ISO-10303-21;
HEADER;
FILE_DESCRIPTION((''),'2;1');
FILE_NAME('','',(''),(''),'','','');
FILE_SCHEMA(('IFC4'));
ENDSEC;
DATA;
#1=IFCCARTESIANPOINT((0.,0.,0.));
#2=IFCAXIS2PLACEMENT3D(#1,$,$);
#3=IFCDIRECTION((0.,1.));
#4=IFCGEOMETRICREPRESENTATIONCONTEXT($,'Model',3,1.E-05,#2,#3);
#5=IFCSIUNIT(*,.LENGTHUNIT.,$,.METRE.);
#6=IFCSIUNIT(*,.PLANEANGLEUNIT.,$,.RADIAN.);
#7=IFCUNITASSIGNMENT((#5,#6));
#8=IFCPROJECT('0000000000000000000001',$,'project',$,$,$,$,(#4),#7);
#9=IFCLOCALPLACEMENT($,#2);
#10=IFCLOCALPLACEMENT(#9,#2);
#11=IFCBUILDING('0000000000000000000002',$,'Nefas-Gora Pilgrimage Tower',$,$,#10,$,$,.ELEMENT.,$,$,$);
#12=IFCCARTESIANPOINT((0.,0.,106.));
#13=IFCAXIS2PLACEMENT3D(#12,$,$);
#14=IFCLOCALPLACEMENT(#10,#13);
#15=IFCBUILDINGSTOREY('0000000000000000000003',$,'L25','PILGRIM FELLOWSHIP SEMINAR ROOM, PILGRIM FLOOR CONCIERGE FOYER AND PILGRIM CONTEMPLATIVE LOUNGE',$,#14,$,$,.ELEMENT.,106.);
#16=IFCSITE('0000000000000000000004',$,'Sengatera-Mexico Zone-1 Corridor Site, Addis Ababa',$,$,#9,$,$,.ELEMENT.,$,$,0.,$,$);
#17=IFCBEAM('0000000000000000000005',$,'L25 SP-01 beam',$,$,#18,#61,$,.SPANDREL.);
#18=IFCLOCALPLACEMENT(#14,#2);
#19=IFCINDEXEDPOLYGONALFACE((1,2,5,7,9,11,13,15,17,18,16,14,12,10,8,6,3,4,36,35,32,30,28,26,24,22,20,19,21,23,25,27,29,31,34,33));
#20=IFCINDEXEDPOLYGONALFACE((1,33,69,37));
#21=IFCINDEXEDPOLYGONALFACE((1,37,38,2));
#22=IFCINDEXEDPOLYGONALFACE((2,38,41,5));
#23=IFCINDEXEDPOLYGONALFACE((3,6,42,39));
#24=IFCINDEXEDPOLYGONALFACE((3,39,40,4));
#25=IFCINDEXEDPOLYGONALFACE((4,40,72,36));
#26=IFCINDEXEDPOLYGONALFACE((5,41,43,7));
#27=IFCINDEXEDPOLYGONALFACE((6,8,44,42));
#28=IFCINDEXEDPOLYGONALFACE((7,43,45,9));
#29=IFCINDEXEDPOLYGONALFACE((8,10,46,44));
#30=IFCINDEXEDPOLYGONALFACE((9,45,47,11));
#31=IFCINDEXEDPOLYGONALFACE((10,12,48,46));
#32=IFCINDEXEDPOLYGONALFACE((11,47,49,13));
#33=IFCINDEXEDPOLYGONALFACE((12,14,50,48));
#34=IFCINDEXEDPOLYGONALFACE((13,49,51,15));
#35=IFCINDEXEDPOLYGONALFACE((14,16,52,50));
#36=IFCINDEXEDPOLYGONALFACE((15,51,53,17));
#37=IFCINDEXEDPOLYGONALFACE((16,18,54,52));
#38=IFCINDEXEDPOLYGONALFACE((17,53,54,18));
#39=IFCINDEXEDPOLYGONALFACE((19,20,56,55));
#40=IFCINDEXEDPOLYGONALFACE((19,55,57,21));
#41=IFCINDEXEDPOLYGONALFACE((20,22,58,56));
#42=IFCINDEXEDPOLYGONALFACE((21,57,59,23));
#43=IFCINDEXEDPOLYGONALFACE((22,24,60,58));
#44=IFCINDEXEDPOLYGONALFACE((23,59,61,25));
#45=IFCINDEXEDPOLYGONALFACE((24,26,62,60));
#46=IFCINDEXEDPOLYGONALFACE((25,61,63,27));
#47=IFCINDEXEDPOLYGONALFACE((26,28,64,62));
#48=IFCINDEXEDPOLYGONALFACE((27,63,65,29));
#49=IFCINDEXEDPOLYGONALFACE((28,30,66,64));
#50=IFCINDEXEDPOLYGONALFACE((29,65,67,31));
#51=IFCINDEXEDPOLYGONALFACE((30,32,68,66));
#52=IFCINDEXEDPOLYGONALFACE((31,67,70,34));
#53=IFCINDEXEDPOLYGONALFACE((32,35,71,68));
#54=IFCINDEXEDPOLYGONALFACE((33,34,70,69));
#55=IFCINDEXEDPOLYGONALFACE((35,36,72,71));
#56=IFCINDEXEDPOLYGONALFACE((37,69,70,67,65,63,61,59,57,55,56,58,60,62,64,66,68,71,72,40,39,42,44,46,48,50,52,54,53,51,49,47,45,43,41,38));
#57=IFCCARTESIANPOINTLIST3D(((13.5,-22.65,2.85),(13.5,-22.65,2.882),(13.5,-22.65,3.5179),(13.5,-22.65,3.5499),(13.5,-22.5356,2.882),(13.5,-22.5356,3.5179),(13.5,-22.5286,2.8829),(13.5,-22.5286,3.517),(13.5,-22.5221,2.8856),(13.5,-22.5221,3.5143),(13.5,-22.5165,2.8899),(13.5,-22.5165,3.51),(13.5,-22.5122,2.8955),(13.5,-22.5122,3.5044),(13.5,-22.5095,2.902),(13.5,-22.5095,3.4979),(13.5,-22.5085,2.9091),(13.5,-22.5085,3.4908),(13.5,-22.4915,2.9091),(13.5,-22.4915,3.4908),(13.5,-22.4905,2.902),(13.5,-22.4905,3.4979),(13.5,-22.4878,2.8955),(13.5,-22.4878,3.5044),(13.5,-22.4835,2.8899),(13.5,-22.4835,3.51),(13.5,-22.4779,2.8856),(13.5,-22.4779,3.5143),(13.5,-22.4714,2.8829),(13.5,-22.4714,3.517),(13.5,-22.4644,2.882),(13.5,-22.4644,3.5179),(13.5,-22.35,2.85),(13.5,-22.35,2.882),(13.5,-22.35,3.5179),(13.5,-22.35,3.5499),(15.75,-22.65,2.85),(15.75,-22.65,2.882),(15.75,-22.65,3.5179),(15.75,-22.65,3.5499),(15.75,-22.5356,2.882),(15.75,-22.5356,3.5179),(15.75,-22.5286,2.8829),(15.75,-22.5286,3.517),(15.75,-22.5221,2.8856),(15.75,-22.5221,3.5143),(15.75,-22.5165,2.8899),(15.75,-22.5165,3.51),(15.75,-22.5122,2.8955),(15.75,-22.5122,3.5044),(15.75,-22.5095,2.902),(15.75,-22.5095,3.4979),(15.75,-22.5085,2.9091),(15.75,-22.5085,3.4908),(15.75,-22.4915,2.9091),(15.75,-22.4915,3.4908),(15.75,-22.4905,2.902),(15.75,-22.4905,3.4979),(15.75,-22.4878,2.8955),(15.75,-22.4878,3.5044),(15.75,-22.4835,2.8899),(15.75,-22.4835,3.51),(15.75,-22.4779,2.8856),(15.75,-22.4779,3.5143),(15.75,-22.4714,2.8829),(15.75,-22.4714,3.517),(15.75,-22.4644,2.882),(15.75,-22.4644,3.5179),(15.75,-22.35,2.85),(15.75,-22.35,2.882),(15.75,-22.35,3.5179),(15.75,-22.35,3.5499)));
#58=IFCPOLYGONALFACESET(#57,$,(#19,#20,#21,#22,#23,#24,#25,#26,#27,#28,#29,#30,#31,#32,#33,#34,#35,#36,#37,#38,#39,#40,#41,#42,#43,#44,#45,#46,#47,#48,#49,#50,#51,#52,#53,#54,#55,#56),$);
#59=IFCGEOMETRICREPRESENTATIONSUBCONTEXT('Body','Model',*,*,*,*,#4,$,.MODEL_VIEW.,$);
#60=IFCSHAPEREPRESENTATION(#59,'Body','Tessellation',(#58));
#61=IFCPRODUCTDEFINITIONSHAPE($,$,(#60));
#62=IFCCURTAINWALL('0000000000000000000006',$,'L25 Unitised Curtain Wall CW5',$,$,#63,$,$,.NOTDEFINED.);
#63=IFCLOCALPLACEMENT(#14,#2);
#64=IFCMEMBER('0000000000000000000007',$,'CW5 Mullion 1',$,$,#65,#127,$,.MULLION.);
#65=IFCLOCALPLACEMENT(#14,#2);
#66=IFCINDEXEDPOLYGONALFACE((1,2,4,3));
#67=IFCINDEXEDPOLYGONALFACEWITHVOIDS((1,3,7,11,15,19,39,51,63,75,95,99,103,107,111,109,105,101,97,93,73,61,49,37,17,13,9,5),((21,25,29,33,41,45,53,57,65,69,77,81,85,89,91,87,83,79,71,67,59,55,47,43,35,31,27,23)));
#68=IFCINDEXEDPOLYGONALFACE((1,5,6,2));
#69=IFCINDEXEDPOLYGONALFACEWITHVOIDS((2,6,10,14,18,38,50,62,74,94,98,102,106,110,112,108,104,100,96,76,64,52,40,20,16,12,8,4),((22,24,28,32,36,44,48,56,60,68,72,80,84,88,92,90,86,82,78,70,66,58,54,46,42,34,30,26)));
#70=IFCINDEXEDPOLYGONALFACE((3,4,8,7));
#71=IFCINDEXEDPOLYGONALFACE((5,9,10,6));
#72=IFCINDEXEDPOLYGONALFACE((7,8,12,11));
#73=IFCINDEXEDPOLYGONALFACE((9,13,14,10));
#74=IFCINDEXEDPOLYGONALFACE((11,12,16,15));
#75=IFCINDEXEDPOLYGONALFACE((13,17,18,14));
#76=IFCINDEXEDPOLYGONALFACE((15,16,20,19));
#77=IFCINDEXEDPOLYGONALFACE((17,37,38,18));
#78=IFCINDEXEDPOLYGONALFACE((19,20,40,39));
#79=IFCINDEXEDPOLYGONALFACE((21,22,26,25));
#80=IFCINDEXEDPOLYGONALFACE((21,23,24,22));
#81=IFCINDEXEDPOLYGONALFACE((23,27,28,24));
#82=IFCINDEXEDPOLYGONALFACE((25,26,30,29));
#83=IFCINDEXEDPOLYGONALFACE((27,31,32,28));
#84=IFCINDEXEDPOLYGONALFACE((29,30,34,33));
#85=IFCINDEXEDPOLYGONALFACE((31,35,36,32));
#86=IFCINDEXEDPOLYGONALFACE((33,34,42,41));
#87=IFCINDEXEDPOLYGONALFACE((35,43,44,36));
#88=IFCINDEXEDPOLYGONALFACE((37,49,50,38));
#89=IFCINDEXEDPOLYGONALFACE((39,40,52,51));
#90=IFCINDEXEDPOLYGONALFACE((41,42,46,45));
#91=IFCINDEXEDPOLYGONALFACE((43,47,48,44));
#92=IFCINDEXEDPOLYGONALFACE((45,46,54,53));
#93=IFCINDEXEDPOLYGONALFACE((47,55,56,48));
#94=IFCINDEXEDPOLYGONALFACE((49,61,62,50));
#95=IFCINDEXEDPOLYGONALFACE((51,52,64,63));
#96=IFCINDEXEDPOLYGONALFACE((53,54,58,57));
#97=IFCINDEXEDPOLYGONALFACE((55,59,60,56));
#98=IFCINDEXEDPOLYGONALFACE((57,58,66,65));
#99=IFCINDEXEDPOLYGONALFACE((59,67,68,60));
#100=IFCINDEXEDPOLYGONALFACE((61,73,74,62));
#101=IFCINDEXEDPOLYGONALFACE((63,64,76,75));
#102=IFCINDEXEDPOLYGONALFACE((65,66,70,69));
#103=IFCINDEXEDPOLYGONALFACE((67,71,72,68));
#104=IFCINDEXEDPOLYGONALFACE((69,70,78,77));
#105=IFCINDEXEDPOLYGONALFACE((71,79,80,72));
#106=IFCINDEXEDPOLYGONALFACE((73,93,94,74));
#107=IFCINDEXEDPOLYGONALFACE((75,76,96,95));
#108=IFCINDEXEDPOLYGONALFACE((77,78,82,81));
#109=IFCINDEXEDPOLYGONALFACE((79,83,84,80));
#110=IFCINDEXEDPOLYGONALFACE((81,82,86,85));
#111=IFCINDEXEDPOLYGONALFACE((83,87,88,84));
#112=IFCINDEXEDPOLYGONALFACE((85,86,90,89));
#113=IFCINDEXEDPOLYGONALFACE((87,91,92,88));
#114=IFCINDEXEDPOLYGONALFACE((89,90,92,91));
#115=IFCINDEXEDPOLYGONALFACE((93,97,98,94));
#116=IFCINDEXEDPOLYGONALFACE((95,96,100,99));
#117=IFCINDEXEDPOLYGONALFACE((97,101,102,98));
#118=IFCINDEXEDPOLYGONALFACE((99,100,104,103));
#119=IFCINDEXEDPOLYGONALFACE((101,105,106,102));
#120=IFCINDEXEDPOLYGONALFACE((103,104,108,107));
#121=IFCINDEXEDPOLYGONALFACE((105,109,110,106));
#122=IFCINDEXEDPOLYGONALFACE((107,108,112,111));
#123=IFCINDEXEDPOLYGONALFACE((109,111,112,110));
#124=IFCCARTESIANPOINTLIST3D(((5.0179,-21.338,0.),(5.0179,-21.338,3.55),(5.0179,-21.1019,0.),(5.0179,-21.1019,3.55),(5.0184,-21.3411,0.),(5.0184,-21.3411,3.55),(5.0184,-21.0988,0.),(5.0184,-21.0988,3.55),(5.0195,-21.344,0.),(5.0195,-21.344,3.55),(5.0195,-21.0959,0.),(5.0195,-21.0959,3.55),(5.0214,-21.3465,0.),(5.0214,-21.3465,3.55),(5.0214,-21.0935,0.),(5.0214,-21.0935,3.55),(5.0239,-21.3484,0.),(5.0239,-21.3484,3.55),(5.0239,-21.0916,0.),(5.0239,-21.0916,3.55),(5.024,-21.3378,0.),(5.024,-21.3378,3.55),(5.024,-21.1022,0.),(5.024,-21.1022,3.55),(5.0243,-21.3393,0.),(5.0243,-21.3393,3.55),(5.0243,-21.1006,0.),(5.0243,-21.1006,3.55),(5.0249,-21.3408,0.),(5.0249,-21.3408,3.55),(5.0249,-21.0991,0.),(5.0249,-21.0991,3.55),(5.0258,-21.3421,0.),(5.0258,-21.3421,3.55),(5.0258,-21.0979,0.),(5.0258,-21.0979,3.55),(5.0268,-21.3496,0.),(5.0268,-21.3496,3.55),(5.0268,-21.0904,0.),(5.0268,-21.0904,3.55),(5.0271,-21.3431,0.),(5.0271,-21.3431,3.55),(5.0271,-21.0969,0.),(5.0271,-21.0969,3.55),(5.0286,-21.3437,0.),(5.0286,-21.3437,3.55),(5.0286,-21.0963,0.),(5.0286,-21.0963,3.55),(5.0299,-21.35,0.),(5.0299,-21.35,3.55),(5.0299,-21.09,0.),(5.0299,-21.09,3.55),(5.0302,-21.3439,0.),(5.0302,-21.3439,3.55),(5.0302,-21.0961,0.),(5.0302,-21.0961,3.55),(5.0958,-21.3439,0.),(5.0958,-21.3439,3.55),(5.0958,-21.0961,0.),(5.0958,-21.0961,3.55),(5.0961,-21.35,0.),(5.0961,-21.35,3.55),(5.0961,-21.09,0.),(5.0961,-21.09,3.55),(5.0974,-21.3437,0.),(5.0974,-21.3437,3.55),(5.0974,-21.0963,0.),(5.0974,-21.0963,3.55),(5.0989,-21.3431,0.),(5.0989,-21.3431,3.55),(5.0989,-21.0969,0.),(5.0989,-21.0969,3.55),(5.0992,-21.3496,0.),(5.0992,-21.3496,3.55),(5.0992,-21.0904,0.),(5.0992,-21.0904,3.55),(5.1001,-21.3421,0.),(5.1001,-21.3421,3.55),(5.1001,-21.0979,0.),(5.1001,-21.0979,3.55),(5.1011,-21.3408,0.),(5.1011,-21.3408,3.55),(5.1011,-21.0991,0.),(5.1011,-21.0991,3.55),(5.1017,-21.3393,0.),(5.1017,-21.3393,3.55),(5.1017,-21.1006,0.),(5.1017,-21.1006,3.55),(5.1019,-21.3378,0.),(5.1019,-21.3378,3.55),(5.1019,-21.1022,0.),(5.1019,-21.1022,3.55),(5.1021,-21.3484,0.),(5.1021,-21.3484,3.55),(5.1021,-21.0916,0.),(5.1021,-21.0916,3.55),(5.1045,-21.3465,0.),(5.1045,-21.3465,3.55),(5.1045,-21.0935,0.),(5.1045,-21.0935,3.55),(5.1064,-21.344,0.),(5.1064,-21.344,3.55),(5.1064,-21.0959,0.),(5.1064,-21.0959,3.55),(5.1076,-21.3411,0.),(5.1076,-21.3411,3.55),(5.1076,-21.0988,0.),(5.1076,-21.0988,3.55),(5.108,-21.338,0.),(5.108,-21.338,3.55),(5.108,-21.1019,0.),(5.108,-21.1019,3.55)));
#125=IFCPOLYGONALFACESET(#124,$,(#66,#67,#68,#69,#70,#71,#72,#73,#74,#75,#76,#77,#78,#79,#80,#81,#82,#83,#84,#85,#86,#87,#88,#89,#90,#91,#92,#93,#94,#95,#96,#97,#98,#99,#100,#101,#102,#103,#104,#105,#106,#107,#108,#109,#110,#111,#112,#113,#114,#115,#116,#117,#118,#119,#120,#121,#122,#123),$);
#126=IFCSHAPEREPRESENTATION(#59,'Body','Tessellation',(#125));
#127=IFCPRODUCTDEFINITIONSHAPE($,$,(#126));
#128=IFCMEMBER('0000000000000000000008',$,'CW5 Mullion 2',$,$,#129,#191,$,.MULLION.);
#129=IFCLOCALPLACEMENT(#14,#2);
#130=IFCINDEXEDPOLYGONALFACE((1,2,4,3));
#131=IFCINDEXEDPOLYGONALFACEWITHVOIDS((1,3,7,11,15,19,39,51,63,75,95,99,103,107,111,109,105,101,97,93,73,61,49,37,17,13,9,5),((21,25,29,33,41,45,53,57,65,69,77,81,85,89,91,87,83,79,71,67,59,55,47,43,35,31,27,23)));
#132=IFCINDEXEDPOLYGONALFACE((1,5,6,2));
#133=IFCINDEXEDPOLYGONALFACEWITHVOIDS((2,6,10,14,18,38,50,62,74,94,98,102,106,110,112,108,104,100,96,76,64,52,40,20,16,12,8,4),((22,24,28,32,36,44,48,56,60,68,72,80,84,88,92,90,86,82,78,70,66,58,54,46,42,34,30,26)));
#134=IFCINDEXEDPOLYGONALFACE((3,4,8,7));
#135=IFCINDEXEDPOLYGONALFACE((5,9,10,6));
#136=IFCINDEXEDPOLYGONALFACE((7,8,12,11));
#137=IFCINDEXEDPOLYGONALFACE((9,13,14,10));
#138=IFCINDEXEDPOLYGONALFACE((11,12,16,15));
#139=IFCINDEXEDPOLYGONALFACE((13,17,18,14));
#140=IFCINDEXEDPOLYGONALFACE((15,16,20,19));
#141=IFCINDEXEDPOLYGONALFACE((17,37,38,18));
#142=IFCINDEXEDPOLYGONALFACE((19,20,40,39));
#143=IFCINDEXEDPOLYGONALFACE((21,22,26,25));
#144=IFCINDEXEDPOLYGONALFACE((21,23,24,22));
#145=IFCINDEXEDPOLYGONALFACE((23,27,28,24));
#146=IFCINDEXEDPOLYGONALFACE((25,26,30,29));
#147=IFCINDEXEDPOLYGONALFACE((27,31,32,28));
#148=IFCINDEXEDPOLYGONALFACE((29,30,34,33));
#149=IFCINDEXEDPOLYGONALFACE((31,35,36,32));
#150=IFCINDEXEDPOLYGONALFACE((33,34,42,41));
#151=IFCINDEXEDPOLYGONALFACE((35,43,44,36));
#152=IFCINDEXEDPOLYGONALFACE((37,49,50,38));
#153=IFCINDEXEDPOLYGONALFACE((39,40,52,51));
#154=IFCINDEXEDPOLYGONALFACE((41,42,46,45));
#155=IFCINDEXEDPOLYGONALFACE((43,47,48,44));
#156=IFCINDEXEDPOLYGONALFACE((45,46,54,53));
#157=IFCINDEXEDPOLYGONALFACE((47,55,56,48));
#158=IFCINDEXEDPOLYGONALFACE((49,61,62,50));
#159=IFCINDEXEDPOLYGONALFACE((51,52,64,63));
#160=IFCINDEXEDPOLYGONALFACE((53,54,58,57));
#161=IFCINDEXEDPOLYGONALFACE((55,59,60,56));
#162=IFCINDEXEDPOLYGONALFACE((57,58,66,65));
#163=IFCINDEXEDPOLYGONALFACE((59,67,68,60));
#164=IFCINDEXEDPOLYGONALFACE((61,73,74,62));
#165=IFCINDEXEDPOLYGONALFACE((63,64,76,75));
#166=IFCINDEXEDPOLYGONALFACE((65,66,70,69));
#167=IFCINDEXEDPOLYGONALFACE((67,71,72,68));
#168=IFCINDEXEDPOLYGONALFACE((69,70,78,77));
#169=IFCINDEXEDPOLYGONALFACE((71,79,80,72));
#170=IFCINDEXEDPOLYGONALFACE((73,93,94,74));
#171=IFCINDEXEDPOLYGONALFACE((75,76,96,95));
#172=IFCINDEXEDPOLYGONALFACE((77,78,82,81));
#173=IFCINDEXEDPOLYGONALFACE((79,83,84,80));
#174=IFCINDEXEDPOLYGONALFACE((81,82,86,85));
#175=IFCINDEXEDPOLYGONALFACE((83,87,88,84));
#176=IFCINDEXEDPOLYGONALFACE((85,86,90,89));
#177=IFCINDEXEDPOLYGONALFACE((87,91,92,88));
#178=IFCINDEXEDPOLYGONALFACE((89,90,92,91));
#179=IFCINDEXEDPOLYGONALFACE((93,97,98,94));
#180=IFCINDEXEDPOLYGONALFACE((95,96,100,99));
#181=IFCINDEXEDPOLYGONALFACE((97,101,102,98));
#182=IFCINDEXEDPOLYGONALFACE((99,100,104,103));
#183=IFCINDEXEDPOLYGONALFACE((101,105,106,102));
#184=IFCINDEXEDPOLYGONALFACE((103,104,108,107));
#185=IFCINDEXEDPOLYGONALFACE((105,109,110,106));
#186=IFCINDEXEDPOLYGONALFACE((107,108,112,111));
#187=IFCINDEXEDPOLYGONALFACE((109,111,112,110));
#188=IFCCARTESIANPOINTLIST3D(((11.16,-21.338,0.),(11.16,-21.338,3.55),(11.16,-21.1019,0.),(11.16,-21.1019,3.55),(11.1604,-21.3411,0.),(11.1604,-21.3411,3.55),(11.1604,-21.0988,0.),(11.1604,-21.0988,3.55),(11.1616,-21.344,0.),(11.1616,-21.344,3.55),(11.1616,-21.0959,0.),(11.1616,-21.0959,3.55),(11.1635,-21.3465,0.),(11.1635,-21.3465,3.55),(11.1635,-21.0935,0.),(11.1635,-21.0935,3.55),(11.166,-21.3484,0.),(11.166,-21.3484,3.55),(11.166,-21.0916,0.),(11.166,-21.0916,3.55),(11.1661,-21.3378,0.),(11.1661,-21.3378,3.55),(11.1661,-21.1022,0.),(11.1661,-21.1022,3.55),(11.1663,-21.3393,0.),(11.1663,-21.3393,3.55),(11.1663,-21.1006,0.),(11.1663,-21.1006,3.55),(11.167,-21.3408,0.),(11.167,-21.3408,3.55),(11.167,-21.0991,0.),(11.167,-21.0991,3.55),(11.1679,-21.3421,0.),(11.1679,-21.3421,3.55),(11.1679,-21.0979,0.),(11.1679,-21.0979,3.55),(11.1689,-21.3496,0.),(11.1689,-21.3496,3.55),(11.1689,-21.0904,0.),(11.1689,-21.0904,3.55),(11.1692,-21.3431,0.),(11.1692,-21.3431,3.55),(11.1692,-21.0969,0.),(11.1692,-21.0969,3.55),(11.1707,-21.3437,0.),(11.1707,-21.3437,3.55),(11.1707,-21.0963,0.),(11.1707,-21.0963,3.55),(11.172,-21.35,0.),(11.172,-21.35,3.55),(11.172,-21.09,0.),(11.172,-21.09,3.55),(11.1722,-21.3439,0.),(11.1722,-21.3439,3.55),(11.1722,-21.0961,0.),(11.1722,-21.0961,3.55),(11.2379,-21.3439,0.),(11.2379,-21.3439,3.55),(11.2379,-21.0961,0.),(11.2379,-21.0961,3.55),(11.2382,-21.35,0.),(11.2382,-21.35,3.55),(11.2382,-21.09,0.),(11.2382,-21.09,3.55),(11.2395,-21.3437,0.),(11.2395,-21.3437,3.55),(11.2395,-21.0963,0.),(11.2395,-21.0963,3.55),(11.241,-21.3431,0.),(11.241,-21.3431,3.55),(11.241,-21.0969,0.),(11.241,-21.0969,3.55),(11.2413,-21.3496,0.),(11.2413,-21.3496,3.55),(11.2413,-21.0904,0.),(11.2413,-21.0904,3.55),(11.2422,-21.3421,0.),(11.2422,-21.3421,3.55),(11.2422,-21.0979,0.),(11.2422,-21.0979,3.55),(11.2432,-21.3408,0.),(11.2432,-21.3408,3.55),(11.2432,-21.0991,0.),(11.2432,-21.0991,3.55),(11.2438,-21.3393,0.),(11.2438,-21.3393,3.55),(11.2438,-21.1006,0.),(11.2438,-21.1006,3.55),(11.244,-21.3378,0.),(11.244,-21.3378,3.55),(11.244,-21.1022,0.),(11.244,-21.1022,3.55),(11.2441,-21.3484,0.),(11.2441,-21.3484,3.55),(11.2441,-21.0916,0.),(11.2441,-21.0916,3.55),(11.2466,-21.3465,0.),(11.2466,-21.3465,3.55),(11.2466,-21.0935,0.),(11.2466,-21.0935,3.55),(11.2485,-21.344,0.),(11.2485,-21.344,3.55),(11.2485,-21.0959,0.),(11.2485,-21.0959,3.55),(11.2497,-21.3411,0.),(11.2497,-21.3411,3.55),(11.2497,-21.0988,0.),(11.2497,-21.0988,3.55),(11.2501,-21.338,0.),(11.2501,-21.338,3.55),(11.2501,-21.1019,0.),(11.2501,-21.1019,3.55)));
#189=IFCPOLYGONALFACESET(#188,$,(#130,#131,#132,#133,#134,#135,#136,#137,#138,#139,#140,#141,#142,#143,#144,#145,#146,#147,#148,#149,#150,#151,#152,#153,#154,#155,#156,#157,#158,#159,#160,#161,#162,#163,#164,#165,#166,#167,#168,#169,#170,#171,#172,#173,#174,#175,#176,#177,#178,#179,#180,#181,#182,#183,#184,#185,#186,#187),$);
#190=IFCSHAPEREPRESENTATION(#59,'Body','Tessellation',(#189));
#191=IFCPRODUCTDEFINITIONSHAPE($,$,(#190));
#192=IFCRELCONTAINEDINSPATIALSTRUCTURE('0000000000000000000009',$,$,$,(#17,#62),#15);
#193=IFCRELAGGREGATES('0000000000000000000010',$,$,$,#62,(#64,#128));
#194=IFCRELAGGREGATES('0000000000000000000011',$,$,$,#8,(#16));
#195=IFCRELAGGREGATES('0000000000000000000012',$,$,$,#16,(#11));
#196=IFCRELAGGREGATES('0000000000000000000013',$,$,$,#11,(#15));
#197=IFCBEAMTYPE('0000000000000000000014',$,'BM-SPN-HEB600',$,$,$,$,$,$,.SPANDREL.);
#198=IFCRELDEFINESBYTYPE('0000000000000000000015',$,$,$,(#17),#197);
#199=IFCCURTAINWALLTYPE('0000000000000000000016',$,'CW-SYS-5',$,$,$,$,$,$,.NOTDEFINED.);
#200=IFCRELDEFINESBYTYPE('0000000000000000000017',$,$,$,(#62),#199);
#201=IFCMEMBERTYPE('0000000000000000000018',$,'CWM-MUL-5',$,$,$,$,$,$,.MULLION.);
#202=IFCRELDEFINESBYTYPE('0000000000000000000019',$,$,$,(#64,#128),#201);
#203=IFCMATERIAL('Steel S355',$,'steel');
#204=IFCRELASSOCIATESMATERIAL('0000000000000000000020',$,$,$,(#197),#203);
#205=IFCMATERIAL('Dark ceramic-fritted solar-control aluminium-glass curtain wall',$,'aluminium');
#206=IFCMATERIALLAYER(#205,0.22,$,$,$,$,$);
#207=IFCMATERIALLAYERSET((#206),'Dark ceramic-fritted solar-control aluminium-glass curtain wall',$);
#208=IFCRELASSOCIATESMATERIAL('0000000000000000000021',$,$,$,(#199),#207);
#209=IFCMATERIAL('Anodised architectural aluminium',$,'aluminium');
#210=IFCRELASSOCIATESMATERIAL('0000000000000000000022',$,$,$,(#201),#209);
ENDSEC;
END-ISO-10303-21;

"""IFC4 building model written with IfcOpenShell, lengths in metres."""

from ifc_helpers import new_model, si_unit, direction, frame, origin, origin_2d, place, context, subcontext, project, spatial, hollow_rectangle, i_section, extrude, source, transform, mapped, material, layer, layer_set, material_profile, profile_set, type_object, element, aggregate, save


model = new_model("IFC4")

# Units and contexts
model_context = context("Model", 3, precision=1e-05, world=origin(), true_north=direction((0.0, 1.0)))
body_context = subcontext(model_context, "Body", "Model", "MODEL_VIEW")
ifc_project = project(units=[si_unit("LENGTHUNIT", "METRE"), si_unit("PLANEANGLEUNIT", "RADIAN")], contexts=[model_context])

# Site, building, storey
site_placement = place(None, origin())
site = spatial("IfcSite", under=ifc_project, at=site_placement, Name="Sengatera-Mexico Zone-1 Corridor Site, Addis Ababa", CompositionType="ELEMENT", RefElevation=0.0)
building_placement = place(site_placement, origin())
building = spatial("IfcBuilding", under=site, at=building_placement, Name="Nefas-Gora Pilgrimage Tower", CompositionType="ELEMENT")
storey_placement = place(building_placement, frame((0.0, 0.0, 106.0)))
storey = spatial("IfcBuildingStorey", under=building, at=storey_placement, Name="L25", Description="PILGRIM FELLOWSHIP SEMINAR ROOM, PILGRIM FLOOR CONCIERGE FOYER AND PILGRIM CONTEMPLATIVE LOUNGE", CompositionType="ELEMENT", Elevation=106.0)

# Beam
ifc_material_1 = material(Name="Steel S355", Category="steel")
ifc_material_profile_1 = material_profile(ifc_material_1, i_section(OverallWidth=0.3, OverallDepth=0.7, WebThickness=0.0171, FlangeThickness=0.032, FilletRadius=0.0271, at=origin_2d()), Name="HEB 700")
ifc_profile_set_1 = profile_set([ifc_material_profile_1], Name="Steel S355")
beam_type_1 = type_object("IfcBeamType", Name="BM-SPN-HEB600", PredefinedType="SPANDREL", material=ifc_profile_set_1)
shared_shape_1 = source(origin(), body_context, "Body", "SweptSolid", [
    extrude(i_section(OverallWidth=0.3, OverallDepth=0.7, WebThickness=0.0171, FlangeThickness=0.032, FilletRadius=0.0271, at=origin_2d()), origin(), (0.0, 0.0, 1.0), 2.25),
])
beam_1_placement = place(storey_placement, frame((13.5, -22.5, 3.2), z_axis=(1.0, 0.0, 0.0), x_axis=(0.0, 1.0, 0.0)))
element("IfcBeam", 1, at=beam_1_placement, inside=storey, type_object=beam_type_1, Name="L25 SP-01 beam", PredefinedType="SPANDREL", context=body_context, shape_type="MappedRepresentation", body=[
    mapped(shared_shape_1, transform((0.0, 0.0, 0.0), x_axis=(1.0, 0.0, 0.0), y_axis=(0.0, 1.0, 0.0), z_axis=(0.0, 0.0, 1.0), scale=1.0)),
])

# Curtain wall, members
ifc_material_2 = material(Name="Dark ceramic-fritted solar-control aluminium-glass curtain wall", Category="aluminium")
ifc_layer_1 = layer(ifc_material_2, 0.22)
ifc_layer_set_1 = layer_set([ifc_layer_1], Name="Dark ceramic-fritted solar-control aluminium-glass curtain wall")
curtain_wall_type_1 = type_object("IfcCurtainWallType", Name="CW-SYS-5", PredefinedType="NOTDEFINED", material=ifc_layer_set_1)
curtain_wall_1_placement = place(storey_placement, origin())
curtain_wall_1 = element("IfcCurtainWall", 2, at=curtain_wall_1_placement, inside=storey, type_object=curtain_wall_type_1, Name="L25 Unitised Curtain Wall CW5", PredefinedType="NOTDEFINED")
ifc_material_3 = material(Name="Anodised architectural aluminium", Category="aluminium")
ifc_material_profile_2 = material_profile(ifc_material_3, hollow_rectangle(XDim=0.0901, YDim=0.26, WallThickness=0.0061, InnerFilletRadius=0.0061, OuterFilletRadius=0.012, at=origin_2d()), Name="ALU MULLION 90x260")
ifc_profile_set_2 = profile_set([ifc_material_profile_2], Name="Anodised architectural aluminium")
member_type_1 = type_object("IfcMemberType", Name="CWM-MUL-5", PredefinedType="MULLION", material=ifc_profile_set_2)
shared_shape_2 = source(origin(), body_context, "Body", "SweptSolid", [
    extrude(hollow_rectangle(XDim=0.0901, YDim=0.26, WallThickness=0.0061, InnerFilletRadius=0.0061, OuterFilletRadius=0.012, at=origin_2d()), origin(), (0.0, 0.0, 1.0), 3.55),
])
member_1_placement = place(storey_placement, frame((5.063, -21.22, 0.0), z_axis=(0.0, 0.0, 1.0), x_axis=(1.0, 0.0, 0.0)))
member_1 = element("IfcMember", 3, at=member_1_placement, type_object=member_type_1, Name="CW5 Mullion 1", PredefinedType="MULLION", context=body_context, shape_type="MappedRepresentation", body=[
    mapped(shared_shape_2, transform((0.0, 0.0, 0.0), x_axis=(1.0, 0.0, 0.0), y_axis=(0.0, 1.0, 0.0), z_axis=(0.0, 0.0, 1.0), scale=1.0)),
])
member_2_placement = place(storey_placement, frame((11.2051, -21.22, 0.0), z_axis=(0.0, 0.0, 1.0), x_axis=(1.0, 0.0, 0.0)))
member_2 = element("IfcMember", 4, at=member_2_placement, type_object=member_type_1, Name="CW5 Mullion 2", PredefinedType="MULLION", context=body_context, shape_type="MappedRepresentation", body=[
    mapped(shared_shape_2, transform((0.0, 0.0, 0.0), x_axis=(1.0, 0.0, 0.0), y_axis=(0.0, 1.0, 0.0), z_axis=(0.0, 0.0, 1.0), scale=1.0)),
])

aggregate(curtain_wall_1, [member_1, member_2])

save(model, "model.ifc")
